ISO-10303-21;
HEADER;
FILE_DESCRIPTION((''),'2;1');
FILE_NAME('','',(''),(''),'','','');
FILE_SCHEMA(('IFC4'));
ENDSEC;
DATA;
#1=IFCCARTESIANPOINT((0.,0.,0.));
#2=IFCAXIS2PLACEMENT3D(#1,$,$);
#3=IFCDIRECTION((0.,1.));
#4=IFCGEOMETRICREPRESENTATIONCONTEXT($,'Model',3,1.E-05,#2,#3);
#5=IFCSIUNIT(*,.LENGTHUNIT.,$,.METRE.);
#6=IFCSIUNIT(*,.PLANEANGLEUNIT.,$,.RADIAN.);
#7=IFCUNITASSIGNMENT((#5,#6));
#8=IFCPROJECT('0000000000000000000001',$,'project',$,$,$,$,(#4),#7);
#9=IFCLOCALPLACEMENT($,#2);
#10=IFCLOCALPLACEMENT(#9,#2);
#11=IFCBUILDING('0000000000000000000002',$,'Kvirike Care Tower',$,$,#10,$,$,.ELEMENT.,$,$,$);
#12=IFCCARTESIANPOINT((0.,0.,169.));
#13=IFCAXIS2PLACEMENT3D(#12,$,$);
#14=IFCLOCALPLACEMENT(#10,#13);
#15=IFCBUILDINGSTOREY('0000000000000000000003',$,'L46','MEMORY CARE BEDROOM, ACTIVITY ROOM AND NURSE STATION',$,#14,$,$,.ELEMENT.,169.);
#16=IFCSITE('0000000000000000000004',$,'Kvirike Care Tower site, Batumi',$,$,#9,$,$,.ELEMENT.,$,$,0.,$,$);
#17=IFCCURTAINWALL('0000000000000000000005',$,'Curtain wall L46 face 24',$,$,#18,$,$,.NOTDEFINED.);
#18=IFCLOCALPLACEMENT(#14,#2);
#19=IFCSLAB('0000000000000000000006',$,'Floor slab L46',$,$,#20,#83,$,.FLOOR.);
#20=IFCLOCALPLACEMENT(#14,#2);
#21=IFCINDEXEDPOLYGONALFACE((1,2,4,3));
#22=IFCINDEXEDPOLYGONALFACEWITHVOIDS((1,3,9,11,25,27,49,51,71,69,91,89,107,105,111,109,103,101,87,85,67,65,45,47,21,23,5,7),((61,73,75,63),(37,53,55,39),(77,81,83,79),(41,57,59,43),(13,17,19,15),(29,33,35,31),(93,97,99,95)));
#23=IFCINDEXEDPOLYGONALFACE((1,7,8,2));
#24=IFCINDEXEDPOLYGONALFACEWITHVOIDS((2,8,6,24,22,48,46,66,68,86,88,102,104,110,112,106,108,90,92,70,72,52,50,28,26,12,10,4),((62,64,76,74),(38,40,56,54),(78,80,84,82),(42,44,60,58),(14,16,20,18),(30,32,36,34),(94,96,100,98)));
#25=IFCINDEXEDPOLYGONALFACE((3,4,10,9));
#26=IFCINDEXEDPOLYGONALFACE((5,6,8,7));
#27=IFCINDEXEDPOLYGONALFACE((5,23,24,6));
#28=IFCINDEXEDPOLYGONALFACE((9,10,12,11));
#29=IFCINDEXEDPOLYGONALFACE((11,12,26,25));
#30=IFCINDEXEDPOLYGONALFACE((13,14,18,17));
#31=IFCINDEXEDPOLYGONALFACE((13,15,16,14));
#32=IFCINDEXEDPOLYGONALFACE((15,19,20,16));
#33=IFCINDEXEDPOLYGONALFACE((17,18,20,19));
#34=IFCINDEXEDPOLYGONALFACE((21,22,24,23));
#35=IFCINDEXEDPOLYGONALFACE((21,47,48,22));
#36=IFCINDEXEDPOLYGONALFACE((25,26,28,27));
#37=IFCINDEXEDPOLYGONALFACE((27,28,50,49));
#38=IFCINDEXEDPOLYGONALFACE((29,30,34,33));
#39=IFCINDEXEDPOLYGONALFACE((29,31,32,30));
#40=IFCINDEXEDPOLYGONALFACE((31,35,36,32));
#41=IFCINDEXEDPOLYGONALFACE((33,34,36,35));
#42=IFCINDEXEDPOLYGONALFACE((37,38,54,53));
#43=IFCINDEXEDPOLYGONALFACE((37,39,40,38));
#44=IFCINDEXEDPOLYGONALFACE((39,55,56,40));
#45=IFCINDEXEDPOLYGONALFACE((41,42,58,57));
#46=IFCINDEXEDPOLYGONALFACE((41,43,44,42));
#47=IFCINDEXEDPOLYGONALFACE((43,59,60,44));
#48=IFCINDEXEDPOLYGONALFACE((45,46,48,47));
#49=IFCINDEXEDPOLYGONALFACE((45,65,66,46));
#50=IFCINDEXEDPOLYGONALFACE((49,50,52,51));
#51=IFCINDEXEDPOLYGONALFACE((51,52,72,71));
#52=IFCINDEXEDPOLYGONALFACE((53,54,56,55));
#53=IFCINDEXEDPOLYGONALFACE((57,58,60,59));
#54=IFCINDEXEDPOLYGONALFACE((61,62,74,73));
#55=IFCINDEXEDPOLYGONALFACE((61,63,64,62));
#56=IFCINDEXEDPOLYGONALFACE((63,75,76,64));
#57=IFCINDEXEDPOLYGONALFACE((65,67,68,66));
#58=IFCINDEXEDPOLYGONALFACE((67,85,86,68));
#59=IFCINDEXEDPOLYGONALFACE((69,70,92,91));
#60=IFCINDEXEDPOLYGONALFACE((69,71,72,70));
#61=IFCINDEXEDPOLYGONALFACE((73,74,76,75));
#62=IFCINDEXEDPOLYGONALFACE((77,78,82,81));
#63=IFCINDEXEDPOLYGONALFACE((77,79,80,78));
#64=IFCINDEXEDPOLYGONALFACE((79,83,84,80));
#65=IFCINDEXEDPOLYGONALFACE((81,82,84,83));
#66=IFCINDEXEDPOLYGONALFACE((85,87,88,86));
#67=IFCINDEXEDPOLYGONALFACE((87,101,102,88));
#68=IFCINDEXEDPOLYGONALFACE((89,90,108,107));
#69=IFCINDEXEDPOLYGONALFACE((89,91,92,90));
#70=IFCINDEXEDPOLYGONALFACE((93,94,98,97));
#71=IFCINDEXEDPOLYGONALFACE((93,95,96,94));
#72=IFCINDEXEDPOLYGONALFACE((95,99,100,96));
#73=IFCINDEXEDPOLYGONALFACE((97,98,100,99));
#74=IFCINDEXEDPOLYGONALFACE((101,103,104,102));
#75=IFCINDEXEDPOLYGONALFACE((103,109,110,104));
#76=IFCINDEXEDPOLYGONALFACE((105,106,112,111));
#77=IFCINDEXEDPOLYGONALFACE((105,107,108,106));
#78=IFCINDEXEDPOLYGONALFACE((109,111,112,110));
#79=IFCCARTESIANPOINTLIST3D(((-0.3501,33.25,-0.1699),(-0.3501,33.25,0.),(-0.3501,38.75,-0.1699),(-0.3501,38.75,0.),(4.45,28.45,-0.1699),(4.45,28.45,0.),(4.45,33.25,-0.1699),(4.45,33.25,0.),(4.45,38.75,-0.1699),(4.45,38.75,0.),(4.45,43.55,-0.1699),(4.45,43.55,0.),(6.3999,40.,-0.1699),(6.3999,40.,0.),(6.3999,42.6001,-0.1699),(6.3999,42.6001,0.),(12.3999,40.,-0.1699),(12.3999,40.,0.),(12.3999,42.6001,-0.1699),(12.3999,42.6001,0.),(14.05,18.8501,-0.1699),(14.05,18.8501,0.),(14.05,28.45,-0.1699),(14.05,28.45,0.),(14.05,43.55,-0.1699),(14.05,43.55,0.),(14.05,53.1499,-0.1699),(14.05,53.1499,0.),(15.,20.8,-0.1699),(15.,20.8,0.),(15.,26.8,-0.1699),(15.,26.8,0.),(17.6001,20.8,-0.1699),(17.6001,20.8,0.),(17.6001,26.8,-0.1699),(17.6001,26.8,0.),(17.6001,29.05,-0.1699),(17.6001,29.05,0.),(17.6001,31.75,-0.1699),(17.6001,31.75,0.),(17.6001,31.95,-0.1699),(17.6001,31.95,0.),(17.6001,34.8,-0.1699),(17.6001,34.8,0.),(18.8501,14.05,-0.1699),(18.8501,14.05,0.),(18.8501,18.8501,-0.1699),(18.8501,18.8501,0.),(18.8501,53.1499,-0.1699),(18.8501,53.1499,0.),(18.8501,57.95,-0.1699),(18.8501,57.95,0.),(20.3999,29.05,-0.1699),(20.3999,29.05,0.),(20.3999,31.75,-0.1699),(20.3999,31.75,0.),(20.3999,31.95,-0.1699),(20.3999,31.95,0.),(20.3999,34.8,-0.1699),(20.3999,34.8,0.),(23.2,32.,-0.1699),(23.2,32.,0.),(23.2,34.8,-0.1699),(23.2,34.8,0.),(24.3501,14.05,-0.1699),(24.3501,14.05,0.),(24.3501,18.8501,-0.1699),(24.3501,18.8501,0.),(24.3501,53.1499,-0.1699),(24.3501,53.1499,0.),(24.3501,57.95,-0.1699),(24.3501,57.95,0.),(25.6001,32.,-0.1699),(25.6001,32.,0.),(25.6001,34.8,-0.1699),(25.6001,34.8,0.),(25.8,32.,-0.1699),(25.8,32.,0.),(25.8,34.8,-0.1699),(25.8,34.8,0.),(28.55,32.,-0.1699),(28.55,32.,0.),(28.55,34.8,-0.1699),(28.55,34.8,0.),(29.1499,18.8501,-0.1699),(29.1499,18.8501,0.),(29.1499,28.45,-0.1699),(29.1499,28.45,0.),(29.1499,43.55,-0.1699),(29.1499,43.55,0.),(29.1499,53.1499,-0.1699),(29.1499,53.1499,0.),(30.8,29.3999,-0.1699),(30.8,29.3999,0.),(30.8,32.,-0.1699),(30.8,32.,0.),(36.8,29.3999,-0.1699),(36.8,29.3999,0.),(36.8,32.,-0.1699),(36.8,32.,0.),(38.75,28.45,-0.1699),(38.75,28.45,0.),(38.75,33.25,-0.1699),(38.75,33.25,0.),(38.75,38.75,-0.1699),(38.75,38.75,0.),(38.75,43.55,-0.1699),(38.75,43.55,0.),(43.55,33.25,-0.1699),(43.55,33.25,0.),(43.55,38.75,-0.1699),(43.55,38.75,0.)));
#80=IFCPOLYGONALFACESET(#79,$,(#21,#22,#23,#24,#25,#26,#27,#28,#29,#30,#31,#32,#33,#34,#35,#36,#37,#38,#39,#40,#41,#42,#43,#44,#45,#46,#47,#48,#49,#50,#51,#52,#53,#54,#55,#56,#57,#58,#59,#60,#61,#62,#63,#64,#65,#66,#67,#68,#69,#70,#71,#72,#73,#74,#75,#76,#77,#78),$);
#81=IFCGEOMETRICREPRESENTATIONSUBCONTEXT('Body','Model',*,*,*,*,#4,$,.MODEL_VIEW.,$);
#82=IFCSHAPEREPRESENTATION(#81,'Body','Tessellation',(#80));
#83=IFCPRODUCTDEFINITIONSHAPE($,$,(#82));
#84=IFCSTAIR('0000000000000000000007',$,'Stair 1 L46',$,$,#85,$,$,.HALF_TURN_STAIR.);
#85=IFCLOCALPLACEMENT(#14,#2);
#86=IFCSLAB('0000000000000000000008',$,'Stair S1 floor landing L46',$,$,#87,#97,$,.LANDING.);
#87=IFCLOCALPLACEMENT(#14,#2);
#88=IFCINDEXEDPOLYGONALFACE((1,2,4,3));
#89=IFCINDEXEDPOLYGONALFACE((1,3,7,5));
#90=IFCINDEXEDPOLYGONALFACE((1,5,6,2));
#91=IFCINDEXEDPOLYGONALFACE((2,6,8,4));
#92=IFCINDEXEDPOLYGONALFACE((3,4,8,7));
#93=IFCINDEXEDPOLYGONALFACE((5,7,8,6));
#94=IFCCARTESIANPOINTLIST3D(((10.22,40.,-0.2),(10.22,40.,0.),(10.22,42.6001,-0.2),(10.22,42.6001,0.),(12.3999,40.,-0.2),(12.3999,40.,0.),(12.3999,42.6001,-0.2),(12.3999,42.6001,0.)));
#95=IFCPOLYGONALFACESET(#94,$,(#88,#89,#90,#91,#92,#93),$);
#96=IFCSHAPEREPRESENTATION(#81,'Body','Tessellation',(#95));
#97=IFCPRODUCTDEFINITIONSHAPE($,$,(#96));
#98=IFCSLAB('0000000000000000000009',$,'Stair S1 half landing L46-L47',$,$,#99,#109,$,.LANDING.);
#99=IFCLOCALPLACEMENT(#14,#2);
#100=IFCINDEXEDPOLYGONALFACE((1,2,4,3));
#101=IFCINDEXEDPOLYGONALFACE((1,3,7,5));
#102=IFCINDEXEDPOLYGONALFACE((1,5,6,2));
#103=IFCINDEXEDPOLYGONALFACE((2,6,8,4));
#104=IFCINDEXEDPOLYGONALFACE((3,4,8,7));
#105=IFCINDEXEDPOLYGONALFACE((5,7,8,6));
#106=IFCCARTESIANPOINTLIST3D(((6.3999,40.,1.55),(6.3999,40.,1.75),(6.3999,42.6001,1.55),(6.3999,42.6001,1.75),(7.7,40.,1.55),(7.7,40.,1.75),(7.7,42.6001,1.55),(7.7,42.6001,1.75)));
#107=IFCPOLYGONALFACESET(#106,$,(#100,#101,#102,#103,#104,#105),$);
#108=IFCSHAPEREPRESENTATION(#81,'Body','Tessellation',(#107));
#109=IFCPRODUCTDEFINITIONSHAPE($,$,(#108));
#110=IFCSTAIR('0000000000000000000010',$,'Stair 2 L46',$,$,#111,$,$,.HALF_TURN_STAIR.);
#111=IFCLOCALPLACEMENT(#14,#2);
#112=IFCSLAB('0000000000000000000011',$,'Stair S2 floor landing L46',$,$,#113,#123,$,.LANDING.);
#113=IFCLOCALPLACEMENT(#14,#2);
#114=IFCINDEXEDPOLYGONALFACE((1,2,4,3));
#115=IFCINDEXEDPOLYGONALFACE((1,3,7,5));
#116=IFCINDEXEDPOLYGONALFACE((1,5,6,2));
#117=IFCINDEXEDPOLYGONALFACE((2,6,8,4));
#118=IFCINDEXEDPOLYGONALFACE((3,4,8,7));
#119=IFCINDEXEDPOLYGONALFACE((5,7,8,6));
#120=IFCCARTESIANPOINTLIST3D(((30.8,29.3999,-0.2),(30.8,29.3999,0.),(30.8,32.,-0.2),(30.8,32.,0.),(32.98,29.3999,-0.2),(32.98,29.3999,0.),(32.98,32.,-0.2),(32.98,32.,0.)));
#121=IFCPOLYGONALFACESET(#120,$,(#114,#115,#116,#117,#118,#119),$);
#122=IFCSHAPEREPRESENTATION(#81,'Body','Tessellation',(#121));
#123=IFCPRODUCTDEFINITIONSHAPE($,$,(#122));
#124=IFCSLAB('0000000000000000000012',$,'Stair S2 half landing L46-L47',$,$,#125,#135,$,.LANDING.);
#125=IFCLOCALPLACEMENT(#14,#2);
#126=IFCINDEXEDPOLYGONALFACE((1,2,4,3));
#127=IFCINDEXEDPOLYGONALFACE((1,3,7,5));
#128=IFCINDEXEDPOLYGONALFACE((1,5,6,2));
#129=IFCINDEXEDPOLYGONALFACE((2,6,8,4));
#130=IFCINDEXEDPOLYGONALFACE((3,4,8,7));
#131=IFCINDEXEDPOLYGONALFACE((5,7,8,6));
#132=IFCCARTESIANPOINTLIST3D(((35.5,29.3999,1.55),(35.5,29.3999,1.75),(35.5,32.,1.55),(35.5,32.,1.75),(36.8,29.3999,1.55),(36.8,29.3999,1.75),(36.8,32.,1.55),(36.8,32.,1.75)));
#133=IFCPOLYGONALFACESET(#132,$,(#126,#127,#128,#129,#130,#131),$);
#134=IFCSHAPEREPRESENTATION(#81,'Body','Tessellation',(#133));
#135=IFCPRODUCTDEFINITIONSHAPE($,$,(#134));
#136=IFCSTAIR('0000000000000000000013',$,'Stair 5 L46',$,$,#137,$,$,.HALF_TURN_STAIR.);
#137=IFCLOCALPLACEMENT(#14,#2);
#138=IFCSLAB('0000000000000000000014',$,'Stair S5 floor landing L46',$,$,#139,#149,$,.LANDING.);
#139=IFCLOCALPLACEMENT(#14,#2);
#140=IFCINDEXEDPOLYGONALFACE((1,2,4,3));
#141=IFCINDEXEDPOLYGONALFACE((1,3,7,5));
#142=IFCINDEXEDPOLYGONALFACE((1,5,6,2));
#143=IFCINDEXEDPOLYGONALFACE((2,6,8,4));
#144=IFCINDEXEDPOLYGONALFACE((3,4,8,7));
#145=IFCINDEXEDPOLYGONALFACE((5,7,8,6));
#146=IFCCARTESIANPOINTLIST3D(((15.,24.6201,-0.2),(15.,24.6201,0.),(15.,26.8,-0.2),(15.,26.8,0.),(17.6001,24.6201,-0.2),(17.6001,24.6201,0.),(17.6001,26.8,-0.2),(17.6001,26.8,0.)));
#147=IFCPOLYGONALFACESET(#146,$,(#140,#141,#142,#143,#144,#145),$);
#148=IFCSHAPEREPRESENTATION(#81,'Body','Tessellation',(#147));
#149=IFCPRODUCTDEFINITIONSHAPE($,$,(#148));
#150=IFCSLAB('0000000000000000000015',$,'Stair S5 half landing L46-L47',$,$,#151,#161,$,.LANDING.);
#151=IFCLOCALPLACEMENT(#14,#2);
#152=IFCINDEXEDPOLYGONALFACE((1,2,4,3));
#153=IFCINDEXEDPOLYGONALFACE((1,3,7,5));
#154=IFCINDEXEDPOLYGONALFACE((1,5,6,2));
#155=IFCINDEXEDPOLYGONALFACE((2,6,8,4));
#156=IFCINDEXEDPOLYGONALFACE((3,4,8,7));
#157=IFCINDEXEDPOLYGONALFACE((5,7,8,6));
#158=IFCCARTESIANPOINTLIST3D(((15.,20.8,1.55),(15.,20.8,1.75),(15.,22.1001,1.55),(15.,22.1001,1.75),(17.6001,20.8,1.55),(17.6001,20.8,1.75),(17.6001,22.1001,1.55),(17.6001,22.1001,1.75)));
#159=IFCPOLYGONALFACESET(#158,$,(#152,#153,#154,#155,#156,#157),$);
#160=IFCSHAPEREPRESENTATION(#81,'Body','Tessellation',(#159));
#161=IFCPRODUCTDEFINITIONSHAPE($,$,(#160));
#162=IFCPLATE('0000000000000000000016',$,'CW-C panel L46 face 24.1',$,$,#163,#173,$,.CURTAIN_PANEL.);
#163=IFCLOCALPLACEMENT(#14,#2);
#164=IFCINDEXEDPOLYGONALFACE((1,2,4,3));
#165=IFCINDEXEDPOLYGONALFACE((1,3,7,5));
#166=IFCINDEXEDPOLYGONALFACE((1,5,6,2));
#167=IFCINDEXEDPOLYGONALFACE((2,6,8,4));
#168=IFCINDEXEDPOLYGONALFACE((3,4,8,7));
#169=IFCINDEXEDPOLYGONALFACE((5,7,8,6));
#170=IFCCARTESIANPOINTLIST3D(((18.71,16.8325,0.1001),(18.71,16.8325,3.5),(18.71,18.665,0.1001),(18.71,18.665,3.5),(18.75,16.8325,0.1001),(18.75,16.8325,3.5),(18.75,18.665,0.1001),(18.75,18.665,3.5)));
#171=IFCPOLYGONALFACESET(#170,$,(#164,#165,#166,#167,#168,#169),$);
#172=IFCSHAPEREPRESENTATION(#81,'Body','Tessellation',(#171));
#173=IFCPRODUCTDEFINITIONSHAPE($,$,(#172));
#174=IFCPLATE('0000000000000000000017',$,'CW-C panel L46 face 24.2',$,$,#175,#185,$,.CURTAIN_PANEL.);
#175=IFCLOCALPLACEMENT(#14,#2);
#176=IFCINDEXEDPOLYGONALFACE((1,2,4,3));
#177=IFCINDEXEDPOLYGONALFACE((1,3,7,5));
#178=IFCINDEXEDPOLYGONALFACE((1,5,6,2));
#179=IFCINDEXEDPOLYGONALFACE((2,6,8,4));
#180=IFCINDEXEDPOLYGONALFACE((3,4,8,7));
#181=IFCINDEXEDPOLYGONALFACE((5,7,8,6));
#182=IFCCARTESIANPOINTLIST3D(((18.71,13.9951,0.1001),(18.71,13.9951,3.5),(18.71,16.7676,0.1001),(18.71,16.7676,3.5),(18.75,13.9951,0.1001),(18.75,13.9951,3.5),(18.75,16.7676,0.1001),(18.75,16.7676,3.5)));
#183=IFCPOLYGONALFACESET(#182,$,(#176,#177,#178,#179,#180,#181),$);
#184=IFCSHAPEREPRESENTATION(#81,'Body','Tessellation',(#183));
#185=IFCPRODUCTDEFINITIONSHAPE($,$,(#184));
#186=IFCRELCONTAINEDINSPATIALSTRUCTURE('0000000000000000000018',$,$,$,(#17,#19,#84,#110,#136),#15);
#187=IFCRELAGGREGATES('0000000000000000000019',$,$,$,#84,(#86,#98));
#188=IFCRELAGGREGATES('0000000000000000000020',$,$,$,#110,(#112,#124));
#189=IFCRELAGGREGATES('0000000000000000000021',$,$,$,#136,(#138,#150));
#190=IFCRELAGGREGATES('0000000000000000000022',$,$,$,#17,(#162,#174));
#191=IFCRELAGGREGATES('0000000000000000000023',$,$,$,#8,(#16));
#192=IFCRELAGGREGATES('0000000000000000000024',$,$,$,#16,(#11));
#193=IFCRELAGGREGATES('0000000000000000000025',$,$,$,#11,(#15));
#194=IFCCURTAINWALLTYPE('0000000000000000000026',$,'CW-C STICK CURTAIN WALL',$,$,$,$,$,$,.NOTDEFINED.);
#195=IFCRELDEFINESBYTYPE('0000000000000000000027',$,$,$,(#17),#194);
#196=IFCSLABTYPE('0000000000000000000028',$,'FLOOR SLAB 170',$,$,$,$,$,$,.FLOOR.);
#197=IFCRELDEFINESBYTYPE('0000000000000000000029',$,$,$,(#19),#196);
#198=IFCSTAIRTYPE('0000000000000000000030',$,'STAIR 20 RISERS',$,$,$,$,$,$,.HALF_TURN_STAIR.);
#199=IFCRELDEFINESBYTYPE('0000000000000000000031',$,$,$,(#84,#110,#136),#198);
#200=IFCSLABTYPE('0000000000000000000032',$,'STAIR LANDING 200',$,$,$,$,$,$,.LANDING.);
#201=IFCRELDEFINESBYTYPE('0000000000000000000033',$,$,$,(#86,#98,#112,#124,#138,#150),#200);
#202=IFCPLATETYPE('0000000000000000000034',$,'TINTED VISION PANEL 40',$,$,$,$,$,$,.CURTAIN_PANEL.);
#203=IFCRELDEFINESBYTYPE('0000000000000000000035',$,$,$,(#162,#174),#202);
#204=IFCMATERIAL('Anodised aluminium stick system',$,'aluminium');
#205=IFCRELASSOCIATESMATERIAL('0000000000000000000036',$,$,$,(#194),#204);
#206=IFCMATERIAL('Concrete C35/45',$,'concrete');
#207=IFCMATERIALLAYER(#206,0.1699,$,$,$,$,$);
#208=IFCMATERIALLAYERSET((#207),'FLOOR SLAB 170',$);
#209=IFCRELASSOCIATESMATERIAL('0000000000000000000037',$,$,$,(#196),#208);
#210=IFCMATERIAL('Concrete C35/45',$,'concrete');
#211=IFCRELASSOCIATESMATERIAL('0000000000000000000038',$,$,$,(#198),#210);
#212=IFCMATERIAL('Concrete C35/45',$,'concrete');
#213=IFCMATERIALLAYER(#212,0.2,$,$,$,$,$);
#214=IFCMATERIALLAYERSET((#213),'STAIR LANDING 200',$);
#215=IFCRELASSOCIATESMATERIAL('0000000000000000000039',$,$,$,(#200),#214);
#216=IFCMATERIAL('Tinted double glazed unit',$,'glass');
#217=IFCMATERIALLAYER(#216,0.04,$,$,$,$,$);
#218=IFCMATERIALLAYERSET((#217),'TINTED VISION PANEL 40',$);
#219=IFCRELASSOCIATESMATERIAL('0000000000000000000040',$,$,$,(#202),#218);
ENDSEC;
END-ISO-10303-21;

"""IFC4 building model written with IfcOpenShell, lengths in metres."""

from ifc_helpers import new_model, si_unit, direction, frame, origin, origin_2d, place, context, subcontext, project, spatial, polyline, rectangle, outline, extrude, material, layer, layer_set, type_object, element, aggregate, save


model = new_model("IFC4")

# Units and contexts
model_context = context("Model", 3, precision=1e-05, world=origin(), true_north=direction((0.0, 1.0)))
body_context = subcontext(model_context, "Body", "Model", "MODEL_VIEW")
ifc_project = project(units=[si_unit("LENGTHUNIT", "METRE"), si_unit("PLANEANGLEUNIT", "RADIAN")], contexts=[model_context])

# Site, building, storey
site_placement = place(None, origin())
site = spatial("IfcSite", under=ifc_project, at=site_placement, Name="Kvirike Care Tower site, Batumi", CompositionType="ELEMENT", RefElevation=0.0)
building_placement = place(site_placement, origin())
building = spatial("IfcBuilding", under=site, at=building_placement, Name="Kvirike Care Tower", CompositionType="ELEMENT")
storey_placement = place(building_placement, frame((0.0, 0.0, 169.0)))
storey = spatial("IfcBuildingStorey", under=building, at=storey_placement, Name="L46", Description="MEMORY CARE BEDROOM, ACTIVITY ROOM AND NURSE STATION", CompositionType="ELEMENT", Elevation=169.0)

# Shared definitions
ifc_material_1 = material(Name="Anodised aluminium stick system", Category="aluminium")
curtain_wall_type = type_object("IfcCurtainWallType", Name="CW-C STICK CURTAIN WALL", PredefinedType="NOTDEFINED", material=ifc_material_1)

# Curtain wall
curtain_wall_1_placement = place(storey_placement, origin())
curtain_wall_1 = element("IfcCurtainWall", 1, at=curtain_wall_1_placement, inside=storey, type_object=curtain_wall_type, Name="Curtain wall L46 face 24", PredefinedType="NOTDEFINED")

# Slab
ifc_material_2 = material(Name="Concrete C35/45", Category="concrete")
ifc_layer_1 = layer(ifc_material_2, 0.1699)
ifc_layer_set_1 = layer_set([ifc_layer_1], Name="FLOOR SLAB 170")
slab_type_1 = type_object("IfcSlabType", Name="FLOOR SLAB 170", PredefinedType="FLOOR", material=ifc_layer_set_1)
slab_1_placement = place(storey_placement, frame((0.0, 0.0, -0.1699)))
element("IfcSlab", 2, at=slab_1_placement, inside=storey, type_object=slab_type_1, Name="Floor slab L46", PredefinedType="FLOOR", context=body_context, shape_type="SweptSolid", body=[
    extrude(outline(polyline([(29.1499, 28.45), (38.75, 28.45), (38.75, 33.25), (43.55, 33.25), (43.55, 38.75), (38.75, 38.75), (38.75, 43.55), (29.1499, 43.55), (29.1499, 53.1499), (24.3501, 53.1499), (24.3501, 57.95), (18.8501, 57.95), (18.8501, 53.1499), (14.05, 53.1499), (14.05, 43.55), (4.45, 43.55), (4.45, 38.75), (-0.3501, 38.75), (-0.3501, 33.25), (4.45, 33.25), (4.45, 28.45), (14.05, 28.45), (14.05, 18.8501), (18.8501, 18.8501), (18.8501, 14.05), (24.3501, 14.05), (24.3501, 18.8501), (29.1499, 18.8501), (29.1499, 28.45)]), holes=[polyline([(17.6001, 29.05), (17.6001, 31.75), (20.3999, 31.75), (20.3999, 29.05), (17.6001, 29.05)]), polyline([(17.6001, 31.95), (17.6001, 34.8), (20.3999, 34.8), (20.3999, 31.95), (17.6001, 31.95)]), polyline([(23.2, 32.0), (23.2, 34.8), (25.6001, 34.8), (25.6001, 32.0), (23.2, 32.0)]), polyline([(25.8, 32.0), (25.8, 34.8), (28.55, 34.8), (28.55, 32.0), (25.8, 32.0)]), polyline([(12.3999, 42.6001), (12.3999, 40.0), (6.3999, 40.0), (6.3999, 42.6001), (12.3999, 42.6001)]), polyline([(30.8, 29.3999), (30.8, 32.0), (36.8, 32.0), (36.8, 29.3999), (30.8, 29.3999)]), polyline([(15.0, 26.8), (17.6001, 26.8), (17.6001, 20.8), (15.0, 20.8), (15.0, 26.8)])]), origin(), (0.0, 0.0, 1.0), 0.1699),
])

# Stairs, slabs
ifc_material_3 = material(Name="Concrete C35/45", Category="concrete")
stair_type = type_object("IfcStairType", Name="STAIR 20 RISERS", PredefinedType="HALF_TURN_STAIR", material=ifc_material_3)
stair_1_placement = place(storey_placement, origin())
stair_1 = element("IfcStair", 3, at=stair_1_placement, inside=storey, type_object=stair_type, Name="Stair 1 L46", PredefinedType="HALF_TURN_STAIR")
ifc_material_4 = material(Name="Concrete C35/45", Category="concrete")
ifc_layer_2 = layer(ifc_material_4, 0.2)
ifc_layer_set_2 = layer_set([ifc_layer_2], Name="STAIR LANDING 200")
slab_type_2 = type_object("IfcSlabType", Name="STAIR LANDING 200", PredefinedType="LANDING", material=ifc_layer_set_2)
slab_2_placement = place(storey_placement, frame((0.0, 0.0, -0.2)))
slab_2 = element("IfcSlab", 4, at=slab_2_placement, type_object=slab_type_2, Name="Stair S1 floor landing L46", PredefinedType="LANDING", context=body_context, shape_type="SweptSolid", body=[
    extrude(outline(polyline([(10.22, 42.6001), (10.22, 40.0), (12.3999, 40.0), (12.3999, 42.6001), (10.22, 42.6001)])), origin(), (0.0, 0.0, 1.0), 0.2),
])
slab_3_placement = place(storey_placement, frame((0.0, 0.0, 1.55)))
slab_3 = element("IfcSlab", 5, at=slab_3_placement, type_object=slab_type_2, Name="Stair S1 half landing L46-L47", PredefinedType="LANDING", context=body_context, shape_type="SweptSolid", body=[
    extrude(outline(polyline([(6.3999, 42.6001), (6.3999, 40.0), (7.7, 40.0), (7.7, 42.6001), (6.3999, 42.6001)])), origin(), (0.0, 0.0, 1.0), 0.2),
])
aggregate(stair_1, [slab_2, slab_3])
stair_2_placement = place(storey_placement, origin())
stair_2 = element("IfcStair", 6, at=stair_2_placement, inside=storey, type_object=stair_type, Name="Stair 2 L46", PredefinedType="HALF_TURN_STAIR")
slab_4_placement = place(storey_placement, frame((0.0, 0.0, -0.2)))
slab_4 = element("IfcSlab", 7, at=slab_4_placement, type_object=slab_type_2, Name="Stair S2 floor landing L46", PredefinedType="LANDING", context=body_context, shape_type="SweptSolid", body=[
    extrude(outline(polyline([(32.98, 29.3999), (32.98, 32.0), (30.8, 32.0), (30.8, 29.3999), (32.98, 29.3999)])), origin(), (0.0, 0.0, 1.0), 0.2),
])
slab_5_placement = place(storey_placement, frame((0.0, 0.0, 1.55)))
slab_5 = element("IfcSlab", 8, at=slab_5_placement, type_object=slab_type_2, Name="Stair S2 half landing L46-L47", PredefinedType="LANDING", context=body_context, shape_type="SweptSolid", body=[
    extrude(outline(polyline([(36.8, 29.3999), (36.8, 32.0), (35.5, 32.0), (35.5, 29.3999), (36.8, 29.3999)])), origin(), (0.0, 0.0, 1.0), 0.2),
])
aggregate(stair_2, [slab_4, slab_5])
stair_3_placement = place(storey_placement, origin())
stair_3 = element("IfcStair", 9, at=stair_3_placement, inside=storey, type_object=stair_type, Name="Stair 5 L46", PredefinedType="HALF_TURN_STAIR")
slab_6_placement = place(storey_placement, frame((0.0, 0.0, -0.2)))
slab_6 = element("IfcSlab", 10, at=slab_6_placement, type_object=slab_type_2, Name="Stair S5 floor landing L46", PredefinedType="LANDING", context=body_context, shape_type="SweptSolid", body=[
    extrude(outline(polyline([(15.0, 24.6201), (17.6001, 24.6201), (17.6001, 26.8), (15.0, 26.8), (15.0, 24.6201)])), origin(), (0.0, 0.0, 1.0), 0.2),
])
slab_7_placement = place(storey_placement, frame((0.0, 0.0, 1.55)))
slab_7 = element("IfcSlab", 11, at=slab_7_placement, type_object=slab_type_2, Name="Stair S5 half landing L46-L47", PredefinedType="LANDING", context=body_context, shape_type="SweptSolid", body=[
    extrude(outline(polyline([(15.0, 20.8), (17.6001, 20.8), (17.6001, 22.1001), (15.0, 22.1001), (15.0, 20.8)])), origin(), (0.0, 0.0, 1.0), 0.2),
])
aggregate(stair_3, [slab_6, slab_7])

# Plates
ifc_material_5 = material(Name="Tinted double glazed unit", Category="glass")
ifc_layer_3 = layer(ifc_material_5, 0.04)
ifc_layer_set_3 = layer_set([ifc_layer_3], Name="TINTED VISION PANEL 40")
plate_type = type_object("IfcPlateType", Name="TINTED VISION PANEL 40", PredefinedType="CURTAIN_PANEL", material=ifc_layer_set_3)
plate_1_placement = place(storey_placement, frame((18.73, 17.7488, 0.1001), z_axis=(0.0, 0.0, 1.0), x_axis=(0.0, -1.0, 0.0)))
plate_1 = element("IfcPlate", 12, at=plate_1_placement, type_object=plate_type, Name="CW-C panel L46 face 24.1", PredefinedType="CURTAIN_PANEL", context=body_context, shape_type="SweptSolid", body=[
    extrude(rectangle(XDim=1.8325, YDim=0.04, at=origin_2d()), origin(), (0.0, 0.0, 1.0), 3.3999),
])
plate_2_placement = place(storey_placement, frame((18.73, 15.3813, 0.1001), z_axis=(0.0, 0.0, 1.0), x_axis=(0.0, -1.0, 0.0)))
plate_2 = element("IfcPlate", 13, at=plate_2_placement, type_object=plate_type, Name="CW-C panel L46 face 24.2", PredefinedType="CURTAIN_PANEL", context=body_context, shape_type="SweptSolid", body=[
    extrude(rectangle(XDim=2.7725, YDim=0.04, at=origin_2d()), origin(), (0.0, 0.0, 1.0), 3.3999),
])
aggregate(curtain_wall_1, [plate_1, plate_2])

save(model, "model.ifc")
